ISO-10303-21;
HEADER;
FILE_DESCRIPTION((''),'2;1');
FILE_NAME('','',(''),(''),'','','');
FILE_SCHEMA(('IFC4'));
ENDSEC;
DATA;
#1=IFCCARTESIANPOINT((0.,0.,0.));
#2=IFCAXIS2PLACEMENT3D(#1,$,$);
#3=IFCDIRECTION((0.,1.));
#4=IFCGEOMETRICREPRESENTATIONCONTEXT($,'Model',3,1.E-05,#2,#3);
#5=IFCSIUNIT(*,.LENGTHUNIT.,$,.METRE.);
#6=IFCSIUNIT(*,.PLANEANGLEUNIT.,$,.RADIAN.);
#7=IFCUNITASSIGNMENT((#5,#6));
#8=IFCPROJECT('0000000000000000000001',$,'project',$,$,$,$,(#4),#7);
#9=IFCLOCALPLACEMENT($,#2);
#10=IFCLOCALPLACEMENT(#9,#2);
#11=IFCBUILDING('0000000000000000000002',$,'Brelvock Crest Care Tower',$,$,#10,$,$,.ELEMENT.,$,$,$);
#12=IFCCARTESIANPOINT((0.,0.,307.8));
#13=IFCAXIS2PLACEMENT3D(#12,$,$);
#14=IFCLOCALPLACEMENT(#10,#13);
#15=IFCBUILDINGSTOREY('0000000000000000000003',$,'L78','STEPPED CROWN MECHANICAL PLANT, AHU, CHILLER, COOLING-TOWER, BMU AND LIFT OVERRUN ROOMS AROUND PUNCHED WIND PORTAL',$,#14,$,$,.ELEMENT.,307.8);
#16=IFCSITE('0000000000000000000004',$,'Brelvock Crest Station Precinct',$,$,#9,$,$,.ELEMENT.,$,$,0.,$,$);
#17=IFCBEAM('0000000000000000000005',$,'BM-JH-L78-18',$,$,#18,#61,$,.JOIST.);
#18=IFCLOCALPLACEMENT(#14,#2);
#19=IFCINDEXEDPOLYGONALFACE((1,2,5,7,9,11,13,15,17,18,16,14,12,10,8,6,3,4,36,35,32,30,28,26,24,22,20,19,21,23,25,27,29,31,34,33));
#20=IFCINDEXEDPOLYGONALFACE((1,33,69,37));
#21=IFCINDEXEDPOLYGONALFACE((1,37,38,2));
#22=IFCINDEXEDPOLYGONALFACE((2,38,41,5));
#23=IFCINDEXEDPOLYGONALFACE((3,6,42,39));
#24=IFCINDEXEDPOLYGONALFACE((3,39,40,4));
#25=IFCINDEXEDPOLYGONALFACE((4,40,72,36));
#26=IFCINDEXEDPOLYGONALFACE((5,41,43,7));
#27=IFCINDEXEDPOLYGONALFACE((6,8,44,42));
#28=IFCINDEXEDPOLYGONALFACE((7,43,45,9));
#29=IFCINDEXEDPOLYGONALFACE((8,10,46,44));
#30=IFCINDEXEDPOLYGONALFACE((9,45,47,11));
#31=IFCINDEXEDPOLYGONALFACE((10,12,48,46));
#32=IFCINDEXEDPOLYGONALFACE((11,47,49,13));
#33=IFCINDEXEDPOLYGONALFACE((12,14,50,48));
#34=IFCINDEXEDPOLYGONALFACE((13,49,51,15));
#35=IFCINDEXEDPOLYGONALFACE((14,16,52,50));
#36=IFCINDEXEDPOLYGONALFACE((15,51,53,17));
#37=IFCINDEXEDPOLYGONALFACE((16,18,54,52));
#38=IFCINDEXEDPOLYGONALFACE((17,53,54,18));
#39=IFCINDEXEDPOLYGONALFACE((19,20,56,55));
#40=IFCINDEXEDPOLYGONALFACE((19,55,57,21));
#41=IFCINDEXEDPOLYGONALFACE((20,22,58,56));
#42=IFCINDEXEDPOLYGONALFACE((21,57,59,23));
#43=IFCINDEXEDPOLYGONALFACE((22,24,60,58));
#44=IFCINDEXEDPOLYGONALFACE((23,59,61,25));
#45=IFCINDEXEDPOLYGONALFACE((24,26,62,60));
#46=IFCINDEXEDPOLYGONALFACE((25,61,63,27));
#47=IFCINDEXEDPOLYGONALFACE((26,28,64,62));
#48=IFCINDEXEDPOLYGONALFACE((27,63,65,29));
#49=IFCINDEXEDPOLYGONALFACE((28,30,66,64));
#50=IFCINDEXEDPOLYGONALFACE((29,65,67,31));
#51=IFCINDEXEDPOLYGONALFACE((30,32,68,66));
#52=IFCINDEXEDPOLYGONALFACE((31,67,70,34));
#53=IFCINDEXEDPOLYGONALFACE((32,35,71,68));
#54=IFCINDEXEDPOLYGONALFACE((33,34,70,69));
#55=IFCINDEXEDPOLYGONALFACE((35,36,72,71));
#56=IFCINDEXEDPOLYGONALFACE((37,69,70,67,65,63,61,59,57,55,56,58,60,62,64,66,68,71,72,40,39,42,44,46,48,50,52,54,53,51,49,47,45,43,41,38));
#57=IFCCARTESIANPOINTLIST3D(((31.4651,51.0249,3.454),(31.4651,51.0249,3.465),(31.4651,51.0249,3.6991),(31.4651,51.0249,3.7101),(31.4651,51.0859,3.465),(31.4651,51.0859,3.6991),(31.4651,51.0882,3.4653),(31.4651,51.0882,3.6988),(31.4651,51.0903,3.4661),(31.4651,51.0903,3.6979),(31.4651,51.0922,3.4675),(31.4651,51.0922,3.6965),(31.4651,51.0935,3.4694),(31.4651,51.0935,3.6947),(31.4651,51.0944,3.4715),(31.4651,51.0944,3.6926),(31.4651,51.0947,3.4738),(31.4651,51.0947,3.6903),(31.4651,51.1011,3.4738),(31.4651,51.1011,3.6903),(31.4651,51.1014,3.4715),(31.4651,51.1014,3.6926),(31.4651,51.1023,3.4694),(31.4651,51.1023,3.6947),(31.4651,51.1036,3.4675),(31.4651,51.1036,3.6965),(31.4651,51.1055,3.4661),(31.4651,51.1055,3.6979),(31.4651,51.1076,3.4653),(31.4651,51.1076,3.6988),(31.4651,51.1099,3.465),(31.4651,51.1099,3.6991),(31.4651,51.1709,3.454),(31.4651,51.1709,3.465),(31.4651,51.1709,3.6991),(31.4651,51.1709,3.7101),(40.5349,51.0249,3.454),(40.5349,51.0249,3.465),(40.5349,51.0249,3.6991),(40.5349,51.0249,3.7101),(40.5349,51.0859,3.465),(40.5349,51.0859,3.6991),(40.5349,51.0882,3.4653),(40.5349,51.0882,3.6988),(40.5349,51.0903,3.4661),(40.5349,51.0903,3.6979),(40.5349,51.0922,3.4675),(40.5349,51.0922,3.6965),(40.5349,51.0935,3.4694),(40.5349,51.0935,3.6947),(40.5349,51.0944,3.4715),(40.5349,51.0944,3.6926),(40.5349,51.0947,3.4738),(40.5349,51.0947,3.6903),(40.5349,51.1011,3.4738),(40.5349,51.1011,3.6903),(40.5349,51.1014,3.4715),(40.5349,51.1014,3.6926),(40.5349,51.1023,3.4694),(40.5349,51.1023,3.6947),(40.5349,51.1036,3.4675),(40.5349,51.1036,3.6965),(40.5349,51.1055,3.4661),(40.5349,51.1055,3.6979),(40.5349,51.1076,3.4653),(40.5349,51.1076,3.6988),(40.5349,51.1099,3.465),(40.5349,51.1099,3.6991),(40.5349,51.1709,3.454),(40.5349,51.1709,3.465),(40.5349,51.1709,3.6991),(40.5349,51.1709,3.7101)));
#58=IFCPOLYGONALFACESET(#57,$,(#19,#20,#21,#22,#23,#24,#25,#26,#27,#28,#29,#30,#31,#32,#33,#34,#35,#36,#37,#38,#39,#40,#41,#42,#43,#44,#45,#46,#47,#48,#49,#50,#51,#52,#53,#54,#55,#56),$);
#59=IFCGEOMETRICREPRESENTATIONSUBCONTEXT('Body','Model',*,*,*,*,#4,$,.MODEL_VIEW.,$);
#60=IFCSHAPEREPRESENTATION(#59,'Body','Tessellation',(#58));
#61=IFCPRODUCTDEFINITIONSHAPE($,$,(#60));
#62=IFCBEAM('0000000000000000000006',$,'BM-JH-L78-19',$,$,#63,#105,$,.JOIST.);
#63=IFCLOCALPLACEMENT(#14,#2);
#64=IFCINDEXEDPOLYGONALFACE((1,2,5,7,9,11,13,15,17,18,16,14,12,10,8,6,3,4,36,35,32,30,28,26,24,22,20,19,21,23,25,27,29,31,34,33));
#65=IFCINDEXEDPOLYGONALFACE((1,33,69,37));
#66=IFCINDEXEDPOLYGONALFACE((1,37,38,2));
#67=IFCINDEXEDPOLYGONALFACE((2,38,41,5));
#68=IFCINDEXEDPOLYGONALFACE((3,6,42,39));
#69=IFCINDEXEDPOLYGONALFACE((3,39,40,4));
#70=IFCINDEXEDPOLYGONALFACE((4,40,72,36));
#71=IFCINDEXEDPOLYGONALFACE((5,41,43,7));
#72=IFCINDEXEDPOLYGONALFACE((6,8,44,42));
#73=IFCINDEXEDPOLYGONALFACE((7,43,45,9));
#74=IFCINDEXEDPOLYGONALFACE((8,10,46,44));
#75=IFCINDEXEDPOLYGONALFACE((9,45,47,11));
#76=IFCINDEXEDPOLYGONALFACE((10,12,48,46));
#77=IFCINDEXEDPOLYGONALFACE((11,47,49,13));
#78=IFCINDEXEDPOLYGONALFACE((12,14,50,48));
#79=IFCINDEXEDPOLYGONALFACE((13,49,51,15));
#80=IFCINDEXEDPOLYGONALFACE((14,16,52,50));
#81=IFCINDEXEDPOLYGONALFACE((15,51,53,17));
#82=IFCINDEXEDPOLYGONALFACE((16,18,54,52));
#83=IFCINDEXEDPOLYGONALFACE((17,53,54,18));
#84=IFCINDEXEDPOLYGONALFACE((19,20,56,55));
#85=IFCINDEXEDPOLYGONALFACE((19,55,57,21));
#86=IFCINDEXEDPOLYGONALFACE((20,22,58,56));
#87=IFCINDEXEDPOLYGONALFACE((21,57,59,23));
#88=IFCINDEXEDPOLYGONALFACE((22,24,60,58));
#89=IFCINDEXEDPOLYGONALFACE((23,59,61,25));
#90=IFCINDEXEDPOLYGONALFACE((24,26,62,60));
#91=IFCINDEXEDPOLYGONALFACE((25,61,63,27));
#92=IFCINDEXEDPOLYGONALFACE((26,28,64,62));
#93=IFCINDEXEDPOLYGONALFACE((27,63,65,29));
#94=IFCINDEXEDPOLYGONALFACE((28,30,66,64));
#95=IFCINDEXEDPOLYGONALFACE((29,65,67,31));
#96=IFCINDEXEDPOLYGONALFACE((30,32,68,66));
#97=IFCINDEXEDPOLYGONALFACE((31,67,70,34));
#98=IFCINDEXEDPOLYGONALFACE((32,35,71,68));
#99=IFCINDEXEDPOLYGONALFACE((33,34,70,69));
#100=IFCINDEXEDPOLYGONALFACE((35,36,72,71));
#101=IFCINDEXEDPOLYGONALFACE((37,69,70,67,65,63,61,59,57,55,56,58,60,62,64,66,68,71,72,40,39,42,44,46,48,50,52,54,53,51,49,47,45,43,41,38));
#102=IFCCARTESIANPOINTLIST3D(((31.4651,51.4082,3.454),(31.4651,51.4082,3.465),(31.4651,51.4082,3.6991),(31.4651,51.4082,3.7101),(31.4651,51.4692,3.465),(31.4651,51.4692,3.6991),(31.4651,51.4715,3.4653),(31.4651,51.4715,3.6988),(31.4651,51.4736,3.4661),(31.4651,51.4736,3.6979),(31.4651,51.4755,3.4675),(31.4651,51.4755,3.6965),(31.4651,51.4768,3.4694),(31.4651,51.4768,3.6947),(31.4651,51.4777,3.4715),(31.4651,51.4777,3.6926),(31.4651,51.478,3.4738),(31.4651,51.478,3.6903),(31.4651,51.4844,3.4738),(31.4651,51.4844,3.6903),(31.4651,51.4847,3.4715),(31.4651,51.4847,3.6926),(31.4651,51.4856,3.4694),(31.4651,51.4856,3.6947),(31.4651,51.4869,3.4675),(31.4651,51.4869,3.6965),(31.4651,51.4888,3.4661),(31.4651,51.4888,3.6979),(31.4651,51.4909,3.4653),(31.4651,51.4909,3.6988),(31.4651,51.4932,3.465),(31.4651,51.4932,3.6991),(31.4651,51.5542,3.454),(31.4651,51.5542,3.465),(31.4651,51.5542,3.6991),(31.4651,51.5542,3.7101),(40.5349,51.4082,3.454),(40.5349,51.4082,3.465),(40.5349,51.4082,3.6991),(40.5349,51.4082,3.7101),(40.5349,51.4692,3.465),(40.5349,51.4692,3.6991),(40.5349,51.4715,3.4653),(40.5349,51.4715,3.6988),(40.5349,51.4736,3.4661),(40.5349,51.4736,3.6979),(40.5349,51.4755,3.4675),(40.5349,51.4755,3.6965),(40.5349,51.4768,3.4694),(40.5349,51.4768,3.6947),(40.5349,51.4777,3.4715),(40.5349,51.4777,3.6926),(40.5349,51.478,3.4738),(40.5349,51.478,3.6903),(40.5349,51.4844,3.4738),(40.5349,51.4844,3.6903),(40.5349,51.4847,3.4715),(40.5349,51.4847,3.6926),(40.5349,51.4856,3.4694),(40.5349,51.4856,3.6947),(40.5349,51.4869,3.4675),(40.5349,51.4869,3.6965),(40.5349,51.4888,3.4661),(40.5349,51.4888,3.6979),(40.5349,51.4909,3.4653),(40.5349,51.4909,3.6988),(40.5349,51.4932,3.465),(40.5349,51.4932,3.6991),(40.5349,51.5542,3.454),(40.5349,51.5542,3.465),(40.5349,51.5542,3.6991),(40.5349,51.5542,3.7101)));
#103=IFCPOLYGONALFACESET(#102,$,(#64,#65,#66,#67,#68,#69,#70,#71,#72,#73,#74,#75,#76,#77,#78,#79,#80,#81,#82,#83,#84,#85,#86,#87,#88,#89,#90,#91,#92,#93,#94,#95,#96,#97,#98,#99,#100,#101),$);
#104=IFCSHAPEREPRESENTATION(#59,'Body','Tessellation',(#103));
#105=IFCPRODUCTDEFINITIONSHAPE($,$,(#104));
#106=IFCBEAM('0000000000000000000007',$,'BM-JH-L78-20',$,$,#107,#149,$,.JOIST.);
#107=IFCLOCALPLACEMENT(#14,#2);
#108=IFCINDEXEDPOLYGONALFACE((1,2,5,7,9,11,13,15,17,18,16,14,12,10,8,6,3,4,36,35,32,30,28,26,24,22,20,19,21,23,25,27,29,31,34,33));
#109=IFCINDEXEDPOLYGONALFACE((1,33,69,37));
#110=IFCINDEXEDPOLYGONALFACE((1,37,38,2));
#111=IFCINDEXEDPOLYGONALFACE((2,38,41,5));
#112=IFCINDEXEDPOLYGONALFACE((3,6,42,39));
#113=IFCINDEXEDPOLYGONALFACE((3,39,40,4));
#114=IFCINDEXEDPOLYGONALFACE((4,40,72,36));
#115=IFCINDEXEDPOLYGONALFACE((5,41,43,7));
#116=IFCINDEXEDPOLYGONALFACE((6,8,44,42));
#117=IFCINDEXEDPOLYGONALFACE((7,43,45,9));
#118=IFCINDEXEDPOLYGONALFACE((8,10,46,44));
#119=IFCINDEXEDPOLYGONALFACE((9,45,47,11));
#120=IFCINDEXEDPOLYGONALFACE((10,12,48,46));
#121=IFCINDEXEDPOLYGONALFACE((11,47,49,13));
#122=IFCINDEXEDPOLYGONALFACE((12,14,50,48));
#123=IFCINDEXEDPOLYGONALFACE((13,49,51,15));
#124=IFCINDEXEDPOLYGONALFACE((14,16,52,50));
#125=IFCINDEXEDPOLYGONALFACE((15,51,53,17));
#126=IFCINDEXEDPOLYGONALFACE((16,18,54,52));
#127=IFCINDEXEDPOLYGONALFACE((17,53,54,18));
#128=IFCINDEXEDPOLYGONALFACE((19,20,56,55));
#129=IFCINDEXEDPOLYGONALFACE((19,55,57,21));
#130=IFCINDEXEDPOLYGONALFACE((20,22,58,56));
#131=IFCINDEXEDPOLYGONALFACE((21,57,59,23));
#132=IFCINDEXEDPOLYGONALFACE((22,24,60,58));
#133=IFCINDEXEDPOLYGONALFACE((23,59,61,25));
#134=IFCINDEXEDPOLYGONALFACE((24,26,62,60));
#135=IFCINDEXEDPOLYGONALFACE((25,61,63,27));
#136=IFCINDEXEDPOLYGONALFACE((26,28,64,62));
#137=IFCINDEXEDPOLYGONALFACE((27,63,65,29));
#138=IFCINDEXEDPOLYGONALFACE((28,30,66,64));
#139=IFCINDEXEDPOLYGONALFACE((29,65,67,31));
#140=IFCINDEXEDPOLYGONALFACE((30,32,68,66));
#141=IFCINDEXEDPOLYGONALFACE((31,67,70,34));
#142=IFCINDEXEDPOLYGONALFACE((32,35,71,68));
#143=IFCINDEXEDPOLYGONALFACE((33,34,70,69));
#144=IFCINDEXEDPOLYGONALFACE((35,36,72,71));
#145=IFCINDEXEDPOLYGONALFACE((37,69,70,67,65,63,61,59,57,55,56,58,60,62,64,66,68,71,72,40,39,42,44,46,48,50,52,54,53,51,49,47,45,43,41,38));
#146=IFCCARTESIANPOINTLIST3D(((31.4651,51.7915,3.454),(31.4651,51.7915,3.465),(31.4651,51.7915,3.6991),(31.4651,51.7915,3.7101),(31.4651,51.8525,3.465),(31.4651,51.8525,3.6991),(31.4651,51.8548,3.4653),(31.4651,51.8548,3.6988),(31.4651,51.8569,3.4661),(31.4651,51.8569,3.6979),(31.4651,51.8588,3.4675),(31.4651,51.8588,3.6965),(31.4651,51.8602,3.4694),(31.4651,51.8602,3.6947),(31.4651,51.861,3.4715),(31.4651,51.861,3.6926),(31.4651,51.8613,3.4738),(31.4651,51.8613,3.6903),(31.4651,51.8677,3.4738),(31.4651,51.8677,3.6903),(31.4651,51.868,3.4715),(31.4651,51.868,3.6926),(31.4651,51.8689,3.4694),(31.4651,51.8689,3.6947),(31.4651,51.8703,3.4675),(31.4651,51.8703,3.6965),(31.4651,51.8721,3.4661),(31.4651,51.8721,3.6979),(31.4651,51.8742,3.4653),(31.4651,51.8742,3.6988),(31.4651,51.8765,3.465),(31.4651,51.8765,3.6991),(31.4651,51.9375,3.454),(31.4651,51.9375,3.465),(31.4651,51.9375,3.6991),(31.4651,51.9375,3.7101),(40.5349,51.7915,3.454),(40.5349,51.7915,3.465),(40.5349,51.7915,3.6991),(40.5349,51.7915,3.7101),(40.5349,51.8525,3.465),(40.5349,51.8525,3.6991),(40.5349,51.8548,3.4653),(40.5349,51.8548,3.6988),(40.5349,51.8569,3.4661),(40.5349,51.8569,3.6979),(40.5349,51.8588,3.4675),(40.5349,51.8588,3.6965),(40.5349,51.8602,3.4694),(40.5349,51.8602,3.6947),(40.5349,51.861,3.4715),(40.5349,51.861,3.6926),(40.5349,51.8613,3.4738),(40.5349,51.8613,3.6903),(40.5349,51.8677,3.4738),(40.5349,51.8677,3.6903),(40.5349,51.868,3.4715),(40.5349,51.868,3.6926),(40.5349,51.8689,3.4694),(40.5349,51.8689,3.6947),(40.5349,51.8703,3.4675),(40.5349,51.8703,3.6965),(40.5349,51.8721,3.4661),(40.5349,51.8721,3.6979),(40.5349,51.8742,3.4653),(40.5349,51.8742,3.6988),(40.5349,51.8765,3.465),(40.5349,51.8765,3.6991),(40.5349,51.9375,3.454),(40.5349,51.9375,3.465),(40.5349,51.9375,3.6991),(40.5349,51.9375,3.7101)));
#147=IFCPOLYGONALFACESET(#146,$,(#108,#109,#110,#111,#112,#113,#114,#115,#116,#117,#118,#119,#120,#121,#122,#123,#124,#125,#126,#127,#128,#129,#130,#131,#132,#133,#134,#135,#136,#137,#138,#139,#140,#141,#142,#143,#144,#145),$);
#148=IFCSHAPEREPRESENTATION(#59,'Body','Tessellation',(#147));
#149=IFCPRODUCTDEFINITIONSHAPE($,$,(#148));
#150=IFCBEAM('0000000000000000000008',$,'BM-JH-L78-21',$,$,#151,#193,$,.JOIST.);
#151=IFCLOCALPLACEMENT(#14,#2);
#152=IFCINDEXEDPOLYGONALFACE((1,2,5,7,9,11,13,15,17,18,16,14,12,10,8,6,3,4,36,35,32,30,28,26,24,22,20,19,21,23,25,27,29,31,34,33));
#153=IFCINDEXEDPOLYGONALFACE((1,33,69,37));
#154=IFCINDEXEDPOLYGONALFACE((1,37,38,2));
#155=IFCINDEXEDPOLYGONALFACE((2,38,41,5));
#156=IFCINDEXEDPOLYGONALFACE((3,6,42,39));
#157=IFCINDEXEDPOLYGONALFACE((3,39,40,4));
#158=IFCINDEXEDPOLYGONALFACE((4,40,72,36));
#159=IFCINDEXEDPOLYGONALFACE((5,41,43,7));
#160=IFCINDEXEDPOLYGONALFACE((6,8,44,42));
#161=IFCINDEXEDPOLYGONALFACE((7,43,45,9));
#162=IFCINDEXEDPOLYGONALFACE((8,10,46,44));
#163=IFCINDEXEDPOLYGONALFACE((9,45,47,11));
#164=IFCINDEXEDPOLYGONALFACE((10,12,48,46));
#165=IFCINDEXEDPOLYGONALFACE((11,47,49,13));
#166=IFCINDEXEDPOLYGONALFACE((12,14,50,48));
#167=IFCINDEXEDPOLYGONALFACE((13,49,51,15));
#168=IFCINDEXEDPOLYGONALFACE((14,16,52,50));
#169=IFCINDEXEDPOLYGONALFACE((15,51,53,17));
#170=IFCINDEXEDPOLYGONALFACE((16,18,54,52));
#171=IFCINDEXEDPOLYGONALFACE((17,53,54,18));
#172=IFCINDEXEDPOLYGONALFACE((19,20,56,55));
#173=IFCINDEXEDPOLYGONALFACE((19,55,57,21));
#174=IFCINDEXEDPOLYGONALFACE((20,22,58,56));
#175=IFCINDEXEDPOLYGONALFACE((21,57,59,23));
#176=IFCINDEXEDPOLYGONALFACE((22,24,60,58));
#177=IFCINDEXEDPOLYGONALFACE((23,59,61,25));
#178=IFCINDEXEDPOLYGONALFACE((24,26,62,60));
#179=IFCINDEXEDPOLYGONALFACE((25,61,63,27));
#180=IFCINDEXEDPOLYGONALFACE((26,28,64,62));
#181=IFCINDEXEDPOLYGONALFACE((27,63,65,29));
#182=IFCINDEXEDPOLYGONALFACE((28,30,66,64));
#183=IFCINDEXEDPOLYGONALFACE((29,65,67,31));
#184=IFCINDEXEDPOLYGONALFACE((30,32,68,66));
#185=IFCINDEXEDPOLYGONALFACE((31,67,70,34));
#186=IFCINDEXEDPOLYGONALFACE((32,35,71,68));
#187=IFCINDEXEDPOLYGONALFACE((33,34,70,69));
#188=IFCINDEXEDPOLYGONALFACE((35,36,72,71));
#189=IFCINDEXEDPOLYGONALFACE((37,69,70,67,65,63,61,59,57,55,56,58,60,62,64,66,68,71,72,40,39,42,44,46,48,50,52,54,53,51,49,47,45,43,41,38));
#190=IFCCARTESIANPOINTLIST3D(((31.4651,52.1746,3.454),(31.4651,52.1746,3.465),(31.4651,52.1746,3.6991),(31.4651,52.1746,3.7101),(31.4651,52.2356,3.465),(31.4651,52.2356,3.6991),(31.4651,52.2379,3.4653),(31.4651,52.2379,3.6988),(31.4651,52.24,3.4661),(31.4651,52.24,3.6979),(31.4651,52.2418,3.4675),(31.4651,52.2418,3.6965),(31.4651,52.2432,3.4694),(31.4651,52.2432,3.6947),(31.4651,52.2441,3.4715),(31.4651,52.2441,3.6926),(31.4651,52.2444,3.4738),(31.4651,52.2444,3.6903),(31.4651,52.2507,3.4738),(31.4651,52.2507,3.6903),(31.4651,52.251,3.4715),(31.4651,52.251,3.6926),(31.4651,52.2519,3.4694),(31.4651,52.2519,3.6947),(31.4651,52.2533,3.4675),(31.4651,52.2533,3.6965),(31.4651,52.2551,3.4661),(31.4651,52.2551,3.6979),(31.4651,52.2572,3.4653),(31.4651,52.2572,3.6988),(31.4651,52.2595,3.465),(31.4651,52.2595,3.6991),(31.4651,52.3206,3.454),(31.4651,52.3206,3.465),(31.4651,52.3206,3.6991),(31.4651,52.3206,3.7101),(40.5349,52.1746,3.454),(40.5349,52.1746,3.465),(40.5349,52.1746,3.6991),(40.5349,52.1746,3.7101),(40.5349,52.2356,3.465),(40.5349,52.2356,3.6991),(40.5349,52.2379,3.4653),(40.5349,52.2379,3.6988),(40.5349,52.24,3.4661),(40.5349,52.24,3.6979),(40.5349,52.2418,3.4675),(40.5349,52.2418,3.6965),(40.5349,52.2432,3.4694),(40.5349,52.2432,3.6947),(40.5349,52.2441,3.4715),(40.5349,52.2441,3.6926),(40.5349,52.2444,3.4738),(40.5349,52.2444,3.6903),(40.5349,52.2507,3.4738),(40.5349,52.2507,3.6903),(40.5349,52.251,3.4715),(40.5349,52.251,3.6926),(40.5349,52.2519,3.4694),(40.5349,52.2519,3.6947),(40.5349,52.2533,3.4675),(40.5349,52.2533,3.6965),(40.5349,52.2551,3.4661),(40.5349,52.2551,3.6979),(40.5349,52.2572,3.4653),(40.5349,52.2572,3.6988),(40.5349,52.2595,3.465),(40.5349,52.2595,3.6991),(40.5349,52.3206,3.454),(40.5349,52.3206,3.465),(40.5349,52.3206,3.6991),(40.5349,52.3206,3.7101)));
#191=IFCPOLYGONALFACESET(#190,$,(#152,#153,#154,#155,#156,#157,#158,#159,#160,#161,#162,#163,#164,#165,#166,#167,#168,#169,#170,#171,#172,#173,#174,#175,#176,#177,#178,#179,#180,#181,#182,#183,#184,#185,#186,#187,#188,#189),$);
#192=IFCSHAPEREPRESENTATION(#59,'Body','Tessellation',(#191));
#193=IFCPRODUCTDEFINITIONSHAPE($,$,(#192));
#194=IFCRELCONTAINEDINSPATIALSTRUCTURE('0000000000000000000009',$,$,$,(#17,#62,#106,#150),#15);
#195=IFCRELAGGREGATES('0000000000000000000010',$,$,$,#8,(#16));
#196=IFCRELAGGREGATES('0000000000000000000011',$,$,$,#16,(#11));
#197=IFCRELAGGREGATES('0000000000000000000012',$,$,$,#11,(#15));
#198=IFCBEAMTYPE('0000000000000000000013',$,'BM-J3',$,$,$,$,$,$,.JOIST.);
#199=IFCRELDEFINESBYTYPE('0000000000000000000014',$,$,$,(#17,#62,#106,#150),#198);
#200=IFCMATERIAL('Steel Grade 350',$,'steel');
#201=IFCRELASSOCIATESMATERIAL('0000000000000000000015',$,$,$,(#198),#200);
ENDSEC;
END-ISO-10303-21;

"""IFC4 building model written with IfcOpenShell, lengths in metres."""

from ifc_helpers import new_model, si_unit, direction, frame, origin, origin_2d, place, context, subcontext, project, spatial, i_section, extrude, source, transform, mapped, material, material_profile, profile_set, type_object, element, save


model = new_model("IFC4")

# Units and contexts
model_context = context("Model", 3, precision=1e-05, world=origin(), true_north=direction((0.0, 1.0)))
body_context = subcontext(model_context, "Body", "Model", "MODEL_VIEW")
ifc_project = project(units=[si_unit("LENGTHUNIT", "METRE"), si_unit("PLANEANGLEUNIT", "RADIAN")], contexts=[model_context])

# Site, building, storey
site_placement = place(None, origin())
site = spatial("IfcSite", under=ifc_project, at=site_placement, Name="Brelvock Crest Station Precinct", CompositionType="ELEMENT", RefElevation=0.0)
building_placement = place(site_placement, origin())
building = spatial("IfcBuilding", under=site, at=building_placement, Name="Brelvock Crest Care Tower", CompositionType="ELEMENT")
storey_placement = place(building_placement, frame((0.0, 0.0, 307.8)))
storey = spatial("IfcBuildingStorey", under=building, at=storey_placement, Name="L78", Description="STEPPED CROWN MECHANICAL PLANT, AHU, CHILLER, COOLING-TOWER, BMU AND LIFT OVERRUN ROOMS AROUND PUNCHED WIND PORTAL", CompositionType="ELEMENT", Elevation=307.8)

# Shared definitions
ifc_material_1 = material(Name="Steel Grade 350", Category="steel")

# Beams
ifc_material_profile_1 = material_profile(ifc_material_1, i_section(OverallWidth=0.146, OverallDepth=0.2561, WebThickness=0.0063, FlangeThickness=0.011, FilletRadius=0.0088, at=origin_2d()), Name="250UB37.3")
ifc_profile_set_1 = profile_set([ifc_material_profile_1], Name="Steel Grade 350")
beam_type_1 = type_object("IfcBeamType", Name="BM-J3", PredefinedType="JOIST", material=ifc_profile_set_1)
shared_shape_1 = source(origin(), body_context, "Body", "SweptSolid", [
    extrude(i_section(OverallWidth=0.146, OverallDepth=0.2561, WebThickness=0.0063, FlangeThickness=0.011, FilletRadius=0.0088, at=origin_2d()), origin(), (0.0, 0.0, 1.0), 9.0698),
])
for number, where, z_axis, x_axis, name in (
    (1, (31.4651, 51.0979, 3.582), (1.0, 0.0, 0.0), (0.0, 1.0, 0.0), "BM-JH-L78-18"),
    (2, (31.4651, 51.4812, 3.582), (1.0, 0.0, 0.0), (0.0, 1.0, 0.0), "BM-JH-L78-19"),
    (3, (31.4651, 51.8645, 3.582), (1.0, 0.0, 0.0), (0.0, 1.0, 0.0), "BM-JH-L78-20"),
    (4, (31.4651, 52.2476, 3.582), (1.0, 0.0, 0.0), (0.0, 1.0, 0.0), "BM-JH-L78-21"),
):
    element("IfcBeam", number, at=place(storey_placement, frame(where, z_axis=z_axis, x_axis=x_axis)), inside=storey, type_object=beam_type_1, Name=name, PredefinedType="JOIST", context=body_context, shape_type="MappedRepresentation", body=[
        mapped(shared_shape_1, transform((0.0, 0.0, 0.0), x_axis=(1.0, 0.0, 0.0), y_axis=(0.0, 1.0, 0.0), z_axis=(0.0, 0.0, 1.0), scale=1.0)),
    ])

save(model, "model.ifc")
